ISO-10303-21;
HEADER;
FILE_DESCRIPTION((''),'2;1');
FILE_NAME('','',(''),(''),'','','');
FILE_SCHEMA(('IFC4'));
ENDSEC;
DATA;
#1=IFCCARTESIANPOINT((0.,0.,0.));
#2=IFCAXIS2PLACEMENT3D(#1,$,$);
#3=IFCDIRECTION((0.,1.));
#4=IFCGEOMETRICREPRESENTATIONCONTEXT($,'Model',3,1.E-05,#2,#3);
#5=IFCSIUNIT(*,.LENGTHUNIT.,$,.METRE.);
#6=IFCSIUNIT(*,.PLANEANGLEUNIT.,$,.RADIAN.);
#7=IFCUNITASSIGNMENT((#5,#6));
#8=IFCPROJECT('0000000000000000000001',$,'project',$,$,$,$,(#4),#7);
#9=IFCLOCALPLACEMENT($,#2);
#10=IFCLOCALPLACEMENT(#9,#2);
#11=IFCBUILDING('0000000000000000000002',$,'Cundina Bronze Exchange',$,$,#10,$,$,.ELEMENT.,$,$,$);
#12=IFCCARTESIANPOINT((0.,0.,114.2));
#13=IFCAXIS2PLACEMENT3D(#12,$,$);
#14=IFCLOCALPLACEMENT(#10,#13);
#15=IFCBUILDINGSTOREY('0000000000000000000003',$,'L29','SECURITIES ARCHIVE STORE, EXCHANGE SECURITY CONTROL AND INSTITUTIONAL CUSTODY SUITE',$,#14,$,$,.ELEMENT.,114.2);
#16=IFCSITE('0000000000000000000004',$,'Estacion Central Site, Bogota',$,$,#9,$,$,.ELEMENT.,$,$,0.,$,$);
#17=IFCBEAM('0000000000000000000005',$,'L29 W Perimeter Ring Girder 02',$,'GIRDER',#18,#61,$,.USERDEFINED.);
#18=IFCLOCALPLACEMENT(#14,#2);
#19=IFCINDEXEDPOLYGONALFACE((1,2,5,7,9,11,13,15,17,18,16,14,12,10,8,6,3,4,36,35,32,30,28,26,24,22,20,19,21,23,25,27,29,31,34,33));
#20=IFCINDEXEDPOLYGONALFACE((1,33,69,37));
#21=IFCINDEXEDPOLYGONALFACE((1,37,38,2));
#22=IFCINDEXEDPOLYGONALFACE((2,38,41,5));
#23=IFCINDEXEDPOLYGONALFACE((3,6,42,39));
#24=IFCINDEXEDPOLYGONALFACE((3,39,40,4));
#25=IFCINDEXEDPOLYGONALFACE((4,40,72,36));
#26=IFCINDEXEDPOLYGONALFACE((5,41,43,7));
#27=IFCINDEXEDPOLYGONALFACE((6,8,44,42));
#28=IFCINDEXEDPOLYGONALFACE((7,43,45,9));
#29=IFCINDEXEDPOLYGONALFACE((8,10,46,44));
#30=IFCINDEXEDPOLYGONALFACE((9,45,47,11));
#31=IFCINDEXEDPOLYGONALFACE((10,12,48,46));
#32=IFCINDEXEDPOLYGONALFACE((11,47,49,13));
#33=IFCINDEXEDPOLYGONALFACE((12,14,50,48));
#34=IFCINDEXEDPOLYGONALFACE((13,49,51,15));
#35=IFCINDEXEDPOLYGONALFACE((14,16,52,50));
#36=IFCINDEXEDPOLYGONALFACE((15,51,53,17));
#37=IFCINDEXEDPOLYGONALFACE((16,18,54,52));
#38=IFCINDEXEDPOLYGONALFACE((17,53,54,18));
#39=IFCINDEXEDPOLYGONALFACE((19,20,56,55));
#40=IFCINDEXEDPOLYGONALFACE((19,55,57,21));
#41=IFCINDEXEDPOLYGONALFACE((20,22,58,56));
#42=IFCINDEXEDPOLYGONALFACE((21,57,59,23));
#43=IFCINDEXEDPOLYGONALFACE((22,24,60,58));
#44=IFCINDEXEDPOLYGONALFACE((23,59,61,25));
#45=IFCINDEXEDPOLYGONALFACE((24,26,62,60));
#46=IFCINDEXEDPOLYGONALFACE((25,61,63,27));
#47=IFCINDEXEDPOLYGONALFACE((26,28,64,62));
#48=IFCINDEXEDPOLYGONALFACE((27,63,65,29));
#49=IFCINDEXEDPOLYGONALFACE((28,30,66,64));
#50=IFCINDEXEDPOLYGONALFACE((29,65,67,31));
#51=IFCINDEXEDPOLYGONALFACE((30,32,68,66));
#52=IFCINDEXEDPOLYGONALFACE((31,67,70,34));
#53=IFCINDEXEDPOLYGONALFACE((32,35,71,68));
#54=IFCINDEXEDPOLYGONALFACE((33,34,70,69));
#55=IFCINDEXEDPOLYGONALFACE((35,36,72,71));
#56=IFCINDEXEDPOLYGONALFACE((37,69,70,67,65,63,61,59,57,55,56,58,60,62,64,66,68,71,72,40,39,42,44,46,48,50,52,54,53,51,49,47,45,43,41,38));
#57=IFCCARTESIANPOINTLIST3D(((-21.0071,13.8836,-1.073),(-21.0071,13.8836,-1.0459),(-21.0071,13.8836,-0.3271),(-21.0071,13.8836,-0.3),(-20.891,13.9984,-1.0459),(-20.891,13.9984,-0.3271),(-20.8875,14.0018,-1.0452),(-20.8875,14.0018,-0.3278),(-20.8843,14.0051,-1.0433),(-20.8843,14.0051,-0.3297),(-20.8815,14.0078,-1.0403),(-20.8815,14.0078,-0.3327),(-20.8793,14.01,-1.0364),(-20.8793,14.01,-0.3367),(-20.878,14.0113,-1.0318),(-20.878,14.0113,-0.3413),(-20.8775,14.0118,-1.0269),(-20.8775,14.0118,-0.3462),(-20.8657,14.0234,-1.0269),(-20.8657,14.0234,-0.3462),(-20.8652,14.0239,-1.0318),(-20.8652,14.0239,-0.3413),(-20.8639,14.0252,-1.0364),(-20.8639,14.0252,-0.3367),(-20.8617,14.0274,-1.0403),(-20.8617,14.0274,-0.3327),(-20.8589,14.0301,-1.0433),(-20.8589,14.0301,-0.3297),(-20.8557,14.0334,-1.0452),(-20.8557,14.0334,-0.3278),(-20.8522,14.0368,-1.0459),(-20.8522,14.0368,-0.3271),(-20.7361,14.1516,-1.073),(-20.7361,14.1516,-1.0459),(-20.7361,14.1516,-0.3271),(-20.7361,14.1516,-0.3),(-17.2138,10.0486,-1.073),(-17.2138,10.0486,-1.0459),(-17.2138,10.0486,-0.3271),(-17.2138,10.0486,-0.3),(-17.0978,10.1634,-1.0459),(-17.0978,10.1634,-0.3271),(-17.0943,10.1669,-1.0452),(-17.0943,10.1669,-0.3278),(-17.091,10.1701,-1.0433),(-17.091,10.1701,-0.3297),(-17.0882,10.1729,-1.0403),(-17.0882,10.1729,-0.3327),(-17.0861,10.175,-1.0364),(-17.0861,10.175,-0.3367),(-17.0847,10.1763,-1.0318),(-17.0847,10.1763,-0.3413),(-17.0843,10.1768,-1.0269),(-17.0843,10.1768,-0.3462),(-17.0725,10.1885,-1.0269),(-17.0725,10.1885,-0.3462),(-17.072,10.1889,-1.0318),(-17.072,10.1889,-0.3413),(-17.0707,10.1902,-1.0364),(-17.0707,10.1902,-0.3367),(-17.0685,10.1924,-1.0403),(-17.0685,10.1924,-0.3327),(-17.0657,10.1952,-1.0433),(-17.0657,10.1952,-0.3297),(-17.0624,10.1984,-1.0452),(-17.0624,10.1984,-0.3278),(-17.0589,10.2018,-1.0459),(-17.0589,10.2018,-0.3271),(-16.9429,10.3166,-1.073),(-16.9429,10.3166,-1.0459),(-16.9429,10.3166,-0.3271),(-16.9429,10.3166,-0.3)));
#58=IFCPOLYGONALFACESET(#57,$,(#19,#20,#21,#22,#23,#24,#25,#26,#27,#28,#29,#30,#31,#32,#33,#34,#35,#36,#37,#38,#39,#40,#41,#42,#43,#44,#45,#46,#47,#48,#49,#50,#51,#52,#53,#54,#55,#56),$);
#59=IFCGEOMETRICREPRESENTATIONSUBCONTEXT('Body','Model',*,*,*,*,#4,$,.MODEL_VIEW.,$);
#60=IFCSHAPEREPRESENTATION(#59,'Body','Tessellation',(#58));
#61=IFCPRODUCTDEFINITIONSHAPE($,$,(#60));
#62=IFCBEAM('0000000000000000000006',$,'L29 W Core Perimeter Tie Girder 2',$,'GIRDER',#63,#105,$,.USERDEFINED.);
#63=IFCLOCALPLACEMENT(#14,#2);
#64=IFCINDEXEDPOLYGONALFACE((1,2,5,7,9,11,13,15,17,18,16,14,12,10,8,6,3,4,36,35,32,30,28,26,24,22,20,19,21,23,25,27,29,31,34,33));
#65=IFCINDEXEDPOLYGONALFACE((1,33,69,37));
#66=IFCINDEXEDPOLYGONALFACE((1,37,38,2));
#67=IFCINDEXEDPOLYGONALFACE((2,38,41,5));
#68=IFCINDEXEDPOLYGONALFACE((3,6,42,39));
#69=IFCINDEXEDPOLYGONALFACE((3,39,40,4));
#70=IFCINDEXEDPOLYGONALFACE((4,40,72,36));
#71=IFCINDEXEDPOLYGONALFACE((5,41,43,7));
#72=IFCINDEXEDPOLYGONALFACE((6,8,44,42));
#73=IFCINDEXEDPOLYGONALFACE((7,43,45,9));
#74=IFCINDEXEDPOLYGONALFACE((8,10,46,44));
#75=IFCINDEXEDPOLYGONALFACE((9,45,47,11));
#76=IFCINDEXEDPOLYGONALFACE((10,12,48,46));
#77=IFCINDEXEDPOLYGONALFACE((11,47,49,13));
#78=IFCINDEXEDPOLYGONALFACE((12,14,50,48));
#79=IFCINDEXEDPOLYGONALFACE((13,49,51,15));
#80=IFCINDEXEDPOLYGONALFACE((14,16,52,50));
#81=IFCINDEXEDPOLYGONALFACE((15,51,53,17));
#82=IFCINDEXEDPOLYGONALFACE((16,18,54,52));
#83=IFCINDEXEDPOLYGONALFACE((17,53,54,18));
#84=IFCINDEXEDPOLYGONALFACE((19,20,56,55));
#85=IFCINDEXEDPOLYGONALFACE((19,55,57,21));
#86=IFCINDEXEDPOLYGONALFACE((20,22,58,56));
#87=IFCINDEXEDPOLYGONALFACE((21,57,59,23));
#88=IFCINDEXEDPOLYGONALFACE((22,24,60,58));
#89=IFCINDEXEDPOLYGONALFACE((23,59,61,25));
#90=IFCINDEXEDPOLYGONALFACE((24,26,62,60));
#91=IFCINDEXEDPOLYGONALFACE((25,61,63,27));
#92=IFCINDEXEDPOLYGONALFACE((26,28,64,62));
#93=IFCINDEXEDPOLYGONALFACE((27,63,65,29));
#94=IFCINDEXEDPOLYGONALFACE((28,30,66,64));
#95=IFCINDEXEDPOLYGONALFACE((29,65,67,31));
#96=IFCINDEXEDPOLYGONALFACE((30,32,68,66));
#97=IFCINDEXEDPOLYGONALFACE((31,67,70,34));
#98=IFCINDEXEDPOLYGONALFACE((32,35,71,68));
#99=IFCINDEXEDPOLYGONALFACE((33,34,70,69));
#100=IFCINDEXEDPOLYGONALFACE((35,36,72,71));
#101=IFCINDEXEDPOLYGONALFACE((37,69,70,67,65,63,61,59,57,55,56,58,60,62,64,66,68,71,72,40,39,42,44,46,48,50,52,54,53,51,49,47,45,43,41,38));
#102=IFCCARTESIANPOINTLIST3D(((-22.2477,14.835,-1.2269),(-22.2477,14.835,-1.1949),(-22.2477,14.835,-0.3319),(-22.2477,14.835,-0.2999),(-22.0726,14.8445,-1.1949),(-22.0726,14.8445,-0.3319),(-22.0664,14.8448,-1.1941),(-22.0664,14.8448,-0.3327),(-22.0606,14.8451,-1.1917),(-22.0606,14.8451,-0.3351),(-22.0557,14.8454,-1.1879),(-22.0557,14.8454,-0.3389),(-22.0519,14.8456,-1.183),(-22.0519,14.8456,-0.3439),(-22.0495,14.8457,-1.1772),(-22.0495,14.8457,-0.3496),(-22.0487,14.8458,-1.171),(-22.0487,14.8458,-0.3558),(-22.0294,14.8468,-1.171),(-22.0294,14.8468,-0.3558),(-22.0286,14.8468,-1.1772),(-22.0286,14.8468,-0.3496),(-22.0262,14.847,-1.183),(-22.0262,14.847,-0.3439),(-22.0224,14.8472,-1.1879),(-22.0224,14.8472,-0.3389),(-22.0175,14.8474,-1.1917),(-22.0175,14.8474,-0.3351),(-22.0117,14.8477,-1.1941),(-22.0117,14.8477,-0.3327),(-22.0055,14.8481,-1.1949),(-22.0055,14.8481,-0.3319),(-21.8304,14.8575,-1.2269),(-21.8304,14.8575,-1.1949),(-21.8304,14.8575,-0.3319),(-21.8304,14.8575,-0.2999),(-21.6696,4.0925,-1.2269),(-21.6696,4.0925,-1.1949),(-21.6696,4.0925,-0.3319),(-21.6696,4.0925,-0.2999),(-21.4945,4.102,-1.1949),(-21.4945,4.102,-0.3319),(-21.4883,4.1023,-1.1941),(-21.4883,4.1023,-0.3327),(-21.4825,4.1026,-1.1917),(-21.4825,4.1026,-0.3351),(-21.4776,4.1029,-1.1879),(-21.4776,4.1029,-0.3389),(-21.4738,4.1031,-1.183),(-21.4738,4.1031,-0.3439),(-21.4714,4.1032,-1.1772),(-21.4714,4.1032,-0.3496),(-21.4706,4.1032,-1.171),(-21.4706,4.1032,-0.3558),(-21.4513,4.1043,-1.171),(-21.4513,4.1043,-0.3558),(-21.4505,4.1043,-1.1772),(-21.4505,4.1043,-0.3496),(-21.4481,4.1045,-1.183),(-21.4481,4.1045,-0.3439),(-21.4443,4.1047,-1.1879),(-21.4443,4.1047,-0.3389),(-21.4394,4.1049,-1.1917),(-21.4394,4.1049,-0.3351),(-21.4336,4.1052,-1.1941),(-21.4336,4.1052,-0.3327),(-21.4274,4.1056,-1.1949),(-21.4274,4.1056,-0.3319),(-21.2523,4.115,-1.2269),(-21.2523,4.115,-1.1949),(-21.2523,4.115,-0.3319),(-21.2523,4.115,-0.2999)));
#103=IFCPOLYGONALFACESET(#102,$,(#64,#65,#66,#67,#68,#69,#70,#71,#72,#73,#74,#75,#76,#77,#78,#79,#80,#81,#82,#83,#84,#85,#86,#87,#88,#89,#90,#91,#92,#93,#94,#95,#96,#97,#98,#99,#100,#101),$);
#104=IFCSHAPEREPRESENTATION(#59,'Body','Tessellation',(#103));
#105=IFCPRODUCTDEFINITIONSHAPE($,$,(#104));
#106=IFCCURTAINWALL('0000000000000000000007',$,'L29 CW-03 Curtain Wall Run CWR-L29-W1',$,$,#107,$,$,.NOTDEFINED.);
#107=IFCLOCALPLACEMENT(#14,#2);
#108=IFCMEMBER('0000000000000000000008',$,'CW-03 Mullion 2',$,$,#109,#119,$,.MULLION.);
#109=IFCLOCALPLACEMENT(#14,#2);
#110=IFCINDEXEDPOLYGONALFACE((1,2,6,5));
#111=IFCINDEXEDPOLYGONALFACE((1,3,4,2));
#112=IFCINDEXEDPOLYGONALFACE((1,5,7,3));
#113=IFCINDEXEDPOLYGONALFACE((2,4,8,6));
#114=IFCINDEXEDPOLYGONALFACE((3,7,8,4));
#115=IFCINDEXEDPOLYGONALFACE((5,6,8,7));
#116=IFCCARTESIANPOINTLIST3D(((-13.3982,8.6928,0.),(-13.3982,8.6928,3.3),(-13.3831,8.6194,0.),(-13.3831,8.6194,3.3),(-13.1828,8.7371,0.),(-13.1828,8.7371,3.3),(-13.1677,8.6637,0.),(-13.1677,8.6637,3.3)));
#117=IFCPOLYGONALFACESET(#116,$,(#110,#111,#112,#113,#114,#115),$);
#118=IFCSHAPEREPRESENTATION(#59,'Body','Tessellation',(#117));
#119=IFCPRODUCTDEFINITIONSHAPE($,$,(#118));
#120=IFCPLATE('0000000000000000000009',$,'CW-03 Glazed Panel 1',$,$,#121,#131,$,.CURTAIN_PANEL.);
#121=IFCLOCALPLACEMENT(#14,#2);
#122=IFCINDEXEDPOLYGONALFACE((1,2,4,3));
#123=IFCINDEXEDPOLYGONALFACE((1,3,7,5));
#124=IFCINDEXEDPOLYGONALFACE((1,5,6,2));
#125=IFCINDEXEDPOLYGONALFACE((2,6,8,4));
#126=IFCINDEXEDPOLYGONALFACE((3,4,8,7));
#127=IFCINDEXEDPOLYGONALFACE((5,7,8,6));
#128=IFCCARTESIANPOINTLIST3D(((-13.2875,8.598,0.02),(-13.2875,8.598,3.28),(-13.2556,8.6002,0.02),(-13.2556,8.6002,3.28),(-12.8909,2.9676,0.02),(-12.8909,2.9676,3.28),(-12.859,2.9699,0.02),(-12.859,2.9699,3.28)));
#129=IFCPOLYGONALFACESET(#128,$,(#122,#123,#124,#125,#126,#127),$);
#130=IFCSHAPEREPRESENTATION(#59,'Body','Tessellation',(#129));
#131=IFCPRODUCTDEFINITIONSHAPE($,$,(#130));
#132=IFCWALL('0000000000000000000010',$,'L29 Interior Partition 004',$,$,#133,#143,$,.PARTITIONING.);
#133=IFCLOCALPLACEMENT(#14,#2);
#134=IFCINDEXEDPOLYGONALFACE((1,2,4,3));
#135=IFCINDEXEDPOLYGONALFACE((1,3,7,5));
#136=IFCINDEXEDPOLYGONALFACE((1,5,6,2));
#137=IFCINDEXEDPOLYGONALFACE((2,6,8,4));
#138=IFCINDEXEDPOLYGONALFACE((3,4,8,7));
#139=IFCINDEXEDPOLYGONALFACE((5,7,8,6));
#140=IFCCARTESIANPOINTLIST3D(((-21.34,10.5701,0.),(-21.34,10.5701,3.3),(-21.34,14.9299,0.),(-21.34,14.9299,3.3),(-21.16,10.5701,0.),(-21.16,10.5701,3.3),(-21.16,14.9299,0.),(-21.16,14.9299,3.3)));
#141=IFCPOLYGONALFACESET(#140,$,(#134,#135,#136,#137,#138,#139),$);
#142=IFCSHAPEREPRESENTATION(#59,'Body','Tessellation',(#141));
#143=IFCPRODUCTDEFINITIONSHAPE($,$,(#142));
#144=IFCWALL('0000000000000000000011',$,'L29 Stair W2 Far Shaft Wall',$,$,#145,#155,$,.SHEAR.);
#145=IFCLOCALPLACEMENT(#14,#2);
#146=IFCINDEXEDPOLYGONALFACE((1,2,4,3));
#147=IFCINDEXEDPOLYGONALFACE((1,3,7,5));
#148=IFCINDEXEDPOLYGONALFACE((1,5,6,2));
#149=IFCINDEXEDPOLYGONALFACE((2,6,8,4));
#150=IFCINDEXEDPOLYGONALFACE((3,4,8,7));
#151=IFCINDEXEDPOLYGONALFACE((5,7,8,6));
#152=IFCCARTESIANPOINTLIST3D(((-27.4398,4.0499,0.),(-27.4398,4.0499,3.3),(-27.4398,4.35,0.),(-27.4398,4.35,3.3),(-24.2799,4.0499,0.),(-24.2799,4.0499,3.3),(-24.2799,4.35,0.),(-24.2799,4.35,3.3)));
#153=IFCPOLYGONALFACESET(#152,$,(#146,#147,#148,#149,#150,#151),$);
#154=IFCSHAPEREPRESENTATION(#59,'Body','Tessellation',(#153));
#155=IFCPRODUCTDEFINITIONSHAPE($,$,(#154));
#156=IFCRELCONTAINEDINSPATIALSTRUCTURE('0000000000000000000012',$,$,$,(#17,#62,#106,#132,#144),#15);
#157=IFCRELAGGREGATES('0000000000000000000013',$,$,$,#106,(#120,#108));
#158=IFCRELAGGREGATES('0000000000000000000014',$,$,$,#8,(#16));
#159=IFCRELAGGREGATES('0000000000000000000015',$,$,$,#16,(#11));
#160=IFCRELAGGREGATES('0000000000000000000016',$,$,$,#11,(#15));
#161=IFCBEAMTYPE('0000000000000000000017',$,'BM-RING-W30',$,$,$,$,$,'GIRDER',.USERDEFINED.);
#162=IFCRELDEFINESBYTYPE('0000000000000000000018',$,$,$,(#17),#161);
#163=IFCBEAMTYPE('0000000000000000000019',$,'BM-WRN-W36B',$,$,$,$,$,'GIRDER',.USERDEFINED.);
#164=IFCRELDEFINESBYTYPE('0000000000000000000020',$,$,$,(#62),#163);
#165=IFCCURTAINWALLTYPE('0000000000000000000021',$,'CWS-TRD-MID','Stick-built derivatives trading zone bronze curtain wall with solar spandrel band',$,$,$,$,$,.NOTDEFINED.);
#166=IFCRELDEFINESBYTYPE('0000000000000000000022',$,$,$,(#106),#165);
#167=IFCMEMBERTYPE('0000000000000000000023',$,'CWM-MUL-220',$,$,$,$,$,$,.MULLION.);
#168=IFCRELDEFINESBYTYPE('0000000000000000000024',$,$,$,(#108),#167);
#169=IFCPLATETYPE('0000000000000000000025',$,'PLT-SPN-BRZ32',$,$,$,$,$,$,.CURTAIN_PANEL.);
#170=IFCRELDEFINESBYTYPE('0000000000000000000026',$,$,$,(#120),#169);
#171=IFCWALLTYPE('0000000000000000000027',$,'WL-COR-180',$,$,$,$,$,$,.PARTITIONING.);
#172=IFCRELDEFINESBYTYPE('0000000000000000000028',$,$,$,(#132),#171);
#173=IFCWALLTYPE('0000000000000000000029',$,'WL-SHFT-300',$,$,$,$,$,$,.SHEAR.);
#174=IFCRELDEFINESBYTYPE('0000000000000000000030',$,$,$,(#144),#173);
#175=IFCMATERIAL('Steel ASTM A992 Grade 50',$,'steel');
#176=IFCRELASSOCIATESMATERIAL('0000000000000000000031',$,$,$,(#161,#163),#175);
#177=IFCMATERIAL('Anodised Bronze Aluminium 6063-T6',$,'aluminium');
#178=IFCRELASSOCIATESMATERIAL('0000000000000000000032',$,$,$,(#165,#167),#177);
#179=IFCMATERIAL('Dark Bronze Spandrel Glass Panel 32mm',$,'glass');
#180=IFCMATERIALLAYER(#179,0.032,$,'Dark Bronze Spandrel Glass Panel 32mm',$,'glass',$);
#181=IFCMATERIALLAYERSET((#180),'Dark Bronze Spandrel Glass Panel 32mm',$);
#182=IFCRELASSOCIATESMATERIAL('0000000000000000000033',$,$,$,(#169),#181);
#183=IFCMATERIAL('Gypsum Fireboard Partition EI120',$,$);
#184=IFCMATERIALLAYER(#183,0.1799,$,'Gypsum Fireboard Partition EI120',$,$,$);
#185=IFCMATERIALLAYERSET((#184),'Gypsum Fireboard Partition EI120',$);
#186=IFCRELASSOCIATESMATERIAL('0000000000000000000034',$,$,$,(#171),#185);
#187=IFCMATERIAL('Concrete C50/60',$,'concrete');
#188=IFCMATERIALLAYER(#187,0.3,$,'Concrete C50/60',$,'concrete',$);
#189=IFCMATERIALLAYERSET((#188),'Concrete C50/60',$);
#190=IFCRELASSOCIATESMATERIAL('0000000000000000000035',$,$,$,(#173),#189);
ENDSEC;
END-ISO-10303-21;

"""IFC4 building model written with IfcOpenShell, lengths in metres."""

from ifc_helpers import new_model, si_unit, direction, frame, frame_2d, origin, origin_2d, place, context, subcontext, project, spatial, rectangle, i_section, extrude, material, layer, layer_set, material_profile, profile_set, type_object, element, aggregate, save


model = new_model("IFC4")

# Units and contexts
model_context = context("Model", 3, precision=1e-05, world=origin(), true_north=direction((0.0, 1.0)))
body_context = subcontext(model_context, "Body", "Model", "MODEL_VIEW")
ifc_project = project(units=[si_unit("LENGTHUNIT", "METRE"), si_unit("PLANEANGLEUNIT", "RADIAN")], contexts=[model_context])

# Site, building, storey
site_placement = place(None, origin())
site = spatial("IfcSite", under=ifc_project, at=site_placement, Name="Estacion Central Site, Bogota", CompositionType="ELEMENT", RefElevation=0.0)
building_placement = place(site_placement, origin())
building = spatial("IfcBuilding", under=site, at=building_placement, Name="Cundina Bronze Exchange", CompositionType="ELEMENT")
storey_placement = place(building_placement, frame((0.0, 0.0, 114.2)))
storey = spatial("IfcBuildingStorey", under=building, at=storey_placement, Name="L29", Description="SECURITIES ARCHIVE STORE, EXCHANGE SECURITY CONTROL AND INSTITUTIONAL CUSTODY SUITE", CompositionType="ELEMENT", Elevation=114.2)

# Beams
ifc_material_1 = material(Name="Steel ASTM A992 Grade 50", Category="steel")
ifc_material_profile_1 = material_profile(ifc_material_1, i_section(OverallWidth=0.3811, OverallDepth=0.7729, WebThickness=0.0166, FlangeThickness=0.0271, FilletRadius=0.019, at=origin_2d()), Name="W30X173", Category="steel")
ifc_profile_set_1 = profile_set([ifc_material_profile_1], Name="Steel ASTM A992 Grade 50")
beam_type_1 = type_object("IfcBeamType", Name="BM-RING-W30", ElementType="GIRDER", PredefinedType="USERDEFINED", material=ifc_profile_set_1)
beam_1_placement = place(storey_placement, frame((-17.0784, 10.1826, -0.6865), z_axis=(-0.703226, 0.710966, 0.0), x_axis=(-0.710966, -0.703226, 0.0)))
element("IfcBeam", 1, at=beam_1_placement, inside=storey, type_object=beam_type_1, Name="L29 W Perimeter Ring Girder 02", ObjectType="GIRDER", PredefinedType="USERDEFINED", context=body_context, shape_type="SweptSolid", body=[
    extrude(i_section(OverallWidth=0.3811, OverallDepth=0.7729, WebThickness=0.0166, FlangeThickness=0.0271, FilletRadius=0.019, at=origin_2d()), origin(), (0.0, 0.0, 1.0), 5.394),
])
ifc_material_profile_2 = material_profile(ifc_material_1, i_section(OverallWidth=0.418, OverallDepth=0.927, WebThickness=0.0193, FlangeThickness=0.032, FilletRadius=0.0239, at=origin_2d()), Name="W36X231", Category="steel")
ifc_profile_set_2 = profile_set([ifc_material_profile_2], Name="Steel ASTM A992 Grade 50")
beam_type_2 = type_object("IfcBeamType", Name="BM-WRN-W36B", ElementType="GIRDER", PredefinedType="USERDEFINED", material=ifc_profile_set_2)
beam_2_placement = place(storey_placement, frame((-21.4609, 4.1038, -0.7634), z_axis=(-0.053739, 0.998555, 0.0), x_axis=(-0.998555, -0.053739, 0.0)))
element("IfcBeam", 2, at=beam_2_placement, inside=storey, type_object=beam_type_2, Name="L29 W Core Perimeter Tie Girder 2", ObjectType="GIRDER", PredefinedType="USERDEFINED", context=body_context, shape_type="SweptSolid", body=[
    extrude(i_section(OverallWidth=0.418, OverallDepth=0.927, WebThickness=0.0193, FlangeThickness=0.032, FilletRadius=0.0239, at=origin_2d()), origin(), (0.0, 0.0, 1.0), 10.7581),
])

# Curtain wall, member, plate
ifc_material_2 = material(Name="Anodised Bronze Aluminium 6063-T6", Category="aluminium")
curtain_wall_type = type_object("IfcCurtainWallType", Name="CWS-TRD-MID", Description="Stick-built derivatives trading zone bronze curtain wall with solar spandrel band", PredefinedType="NOTDEFINED", material=ifc_material_2)
curtain_wall_placement = place(storey_placement, origin())
curtain_wall = element("IfcCurtainWall", 3, at=curtain_wall_placement, inside=storey, type_object=curtain_wall_type, Name="L29 CW-03 Curtain Wall Run CWR-L29-W1", PredefinedType="NOTDEFINED")
ifc_material_profile_3 = material_profile(ifc_material_2, rectangle(XDim=0.075, YDim=0.22, at=origin_2d()), Name="AL75X220", Category="aluminium")
ifc_profile_set_3 = profile_set([ifc_material_profile_3], Name="Anodised Bronze Aluminium 6063-T6")
member_type = type_object("IfcMemberType", Name="CWM-MUL-220", PredefinedType="MULLION", material=ifc_profile_set_3)
member_placement = place(storey_placement, frame((-13.283, 8.6782, 0.0), z_axis=(0.0, 0.0, 1.0), x_axis=(-0.20142, 0.979505, 0.0)))
member = element("IfcMember", 4, at=member_placement, type_object=member_type, Name="CW-03 Mullion 2", PredefinedType="MULLION", context=body_context, shape_type="SweptSolid", body=[
    extrude(rectangle(XDim=0.075, YDim=0.22, at=origin_2d()), origin(), (0.0, 0.0, 1.0), 3.3),
])
ifc_material_3 = material(Name="Dark Bronze Spandrel Glass Panel 32mm", Category="glass")
ifc_layer_1 = layer(ifc_material_3, 0.032, Name="Dark Bronze Spandrel Glass Panel 32mm", Category="glass")
ifc_layer_set_1 = layer_set([ifc_layer_1], Name="Dark Bronze Spandrel Glass Panel 32mm")
plate_type = type_object("IfcPlateType", Name="PLT-SPN-BRZ32", PredefinedType="CURTAIN_PANEL", material=ifc_layer_set_1)
plate_placement = place(storey_placement, frame((-13.0732, 5.7839, 0.02), z_axis=(0.0, 0.0, 1.0), x_axis=(-0.070279, 0.997527, 0.0)))
plate = element("IfcPlate", 5, at=plate_placement, type_object=plate_type, Name="CW-03 Glazed Panel 1", PredefinedType="CURTAIN_PANEL", context=body_context, shape_type="SweptSolid", body=[
    extrude(rectangle(XDim=5.6443, YDim=0.032, at=origin_2d()), origin(), (0.0, 0.0, 1.0), 3.26),
])
aggregate(curtain_wall, [plate, member])

# Walls
ifc_material_4 = material(Name="Gypsum Fireboard Partition EI120")
ifc_layer_2 = layer(ifc_material_4, 0.1799, Name="Gypsum Fireboard Partition EI120")
ifc_layer_set_2 = layer_set([ifc_layer_2], Name="Gypsum Fireboard Partition EI120")
wall_type_1 = type_object("IfcWallType", Name="WL-COR-180", PredefinedType="PARTITIONING", material=ifc_layer_set_2)
wall_1_placement = place(storey_placement, frame((-21.25, 10.5701, 0.0), z_axis=(0.0, 0.0, 1.0), x_axis=(0.0, 1.0, 0.0)))
element("IfcWall", 6, at=wall_1_placement, inside=storey, type_object=wall_type_1, Name="L29 Interior Partition 004", PredefinedType="PARTITIONING", context=body_context, shape_type="SweptSolid", body=[
    extrude(rectangle(XDim=4.3599, YDim=0.1799, at=frame_2d((2.1799, 0.0))), origin(), (0.0, 0.0, 1.0), 3.3),
])
ifc_material_5 = material(Name="Concrete C50/60", Category="concrete")
ifc_layer_3 = layer(ifc_material_5, 0.3, Name="Concrete C50/60", Category="concrete")
ifc_layer_set_3 = layer_set([ifc_layer_3], Name="Concrete C50/60")
wall_type_2 = type_object("IfcWallType", Name="WL-SHFT-300", PredefinedType="SHEAR", material=ifc_layer_set_3)
wall_2_placement = place(storey_placement, frame((-27.4399, 4.2, 0.0), z_axis=(0.0, 0.0, 1.0), x_axis=(1.0, 0.0, 0.0)))
element("IfcWall", 7, at=wall_2_placement, inside=storey, type_object=wall_type_2, Name="L29 Stair W2 Far Shaft Wall", PredefinedType="SHEAR", context=body_context, shape_type="SweptSolid", body=[
    extrude(rectangle(XDim=3.1599, YDim=0.3, at=frame_2d((1.5801, 0.0))), origin(), (0.0, 0.0, 1.0), 3.3),
])

save(model, "model.ifc")
